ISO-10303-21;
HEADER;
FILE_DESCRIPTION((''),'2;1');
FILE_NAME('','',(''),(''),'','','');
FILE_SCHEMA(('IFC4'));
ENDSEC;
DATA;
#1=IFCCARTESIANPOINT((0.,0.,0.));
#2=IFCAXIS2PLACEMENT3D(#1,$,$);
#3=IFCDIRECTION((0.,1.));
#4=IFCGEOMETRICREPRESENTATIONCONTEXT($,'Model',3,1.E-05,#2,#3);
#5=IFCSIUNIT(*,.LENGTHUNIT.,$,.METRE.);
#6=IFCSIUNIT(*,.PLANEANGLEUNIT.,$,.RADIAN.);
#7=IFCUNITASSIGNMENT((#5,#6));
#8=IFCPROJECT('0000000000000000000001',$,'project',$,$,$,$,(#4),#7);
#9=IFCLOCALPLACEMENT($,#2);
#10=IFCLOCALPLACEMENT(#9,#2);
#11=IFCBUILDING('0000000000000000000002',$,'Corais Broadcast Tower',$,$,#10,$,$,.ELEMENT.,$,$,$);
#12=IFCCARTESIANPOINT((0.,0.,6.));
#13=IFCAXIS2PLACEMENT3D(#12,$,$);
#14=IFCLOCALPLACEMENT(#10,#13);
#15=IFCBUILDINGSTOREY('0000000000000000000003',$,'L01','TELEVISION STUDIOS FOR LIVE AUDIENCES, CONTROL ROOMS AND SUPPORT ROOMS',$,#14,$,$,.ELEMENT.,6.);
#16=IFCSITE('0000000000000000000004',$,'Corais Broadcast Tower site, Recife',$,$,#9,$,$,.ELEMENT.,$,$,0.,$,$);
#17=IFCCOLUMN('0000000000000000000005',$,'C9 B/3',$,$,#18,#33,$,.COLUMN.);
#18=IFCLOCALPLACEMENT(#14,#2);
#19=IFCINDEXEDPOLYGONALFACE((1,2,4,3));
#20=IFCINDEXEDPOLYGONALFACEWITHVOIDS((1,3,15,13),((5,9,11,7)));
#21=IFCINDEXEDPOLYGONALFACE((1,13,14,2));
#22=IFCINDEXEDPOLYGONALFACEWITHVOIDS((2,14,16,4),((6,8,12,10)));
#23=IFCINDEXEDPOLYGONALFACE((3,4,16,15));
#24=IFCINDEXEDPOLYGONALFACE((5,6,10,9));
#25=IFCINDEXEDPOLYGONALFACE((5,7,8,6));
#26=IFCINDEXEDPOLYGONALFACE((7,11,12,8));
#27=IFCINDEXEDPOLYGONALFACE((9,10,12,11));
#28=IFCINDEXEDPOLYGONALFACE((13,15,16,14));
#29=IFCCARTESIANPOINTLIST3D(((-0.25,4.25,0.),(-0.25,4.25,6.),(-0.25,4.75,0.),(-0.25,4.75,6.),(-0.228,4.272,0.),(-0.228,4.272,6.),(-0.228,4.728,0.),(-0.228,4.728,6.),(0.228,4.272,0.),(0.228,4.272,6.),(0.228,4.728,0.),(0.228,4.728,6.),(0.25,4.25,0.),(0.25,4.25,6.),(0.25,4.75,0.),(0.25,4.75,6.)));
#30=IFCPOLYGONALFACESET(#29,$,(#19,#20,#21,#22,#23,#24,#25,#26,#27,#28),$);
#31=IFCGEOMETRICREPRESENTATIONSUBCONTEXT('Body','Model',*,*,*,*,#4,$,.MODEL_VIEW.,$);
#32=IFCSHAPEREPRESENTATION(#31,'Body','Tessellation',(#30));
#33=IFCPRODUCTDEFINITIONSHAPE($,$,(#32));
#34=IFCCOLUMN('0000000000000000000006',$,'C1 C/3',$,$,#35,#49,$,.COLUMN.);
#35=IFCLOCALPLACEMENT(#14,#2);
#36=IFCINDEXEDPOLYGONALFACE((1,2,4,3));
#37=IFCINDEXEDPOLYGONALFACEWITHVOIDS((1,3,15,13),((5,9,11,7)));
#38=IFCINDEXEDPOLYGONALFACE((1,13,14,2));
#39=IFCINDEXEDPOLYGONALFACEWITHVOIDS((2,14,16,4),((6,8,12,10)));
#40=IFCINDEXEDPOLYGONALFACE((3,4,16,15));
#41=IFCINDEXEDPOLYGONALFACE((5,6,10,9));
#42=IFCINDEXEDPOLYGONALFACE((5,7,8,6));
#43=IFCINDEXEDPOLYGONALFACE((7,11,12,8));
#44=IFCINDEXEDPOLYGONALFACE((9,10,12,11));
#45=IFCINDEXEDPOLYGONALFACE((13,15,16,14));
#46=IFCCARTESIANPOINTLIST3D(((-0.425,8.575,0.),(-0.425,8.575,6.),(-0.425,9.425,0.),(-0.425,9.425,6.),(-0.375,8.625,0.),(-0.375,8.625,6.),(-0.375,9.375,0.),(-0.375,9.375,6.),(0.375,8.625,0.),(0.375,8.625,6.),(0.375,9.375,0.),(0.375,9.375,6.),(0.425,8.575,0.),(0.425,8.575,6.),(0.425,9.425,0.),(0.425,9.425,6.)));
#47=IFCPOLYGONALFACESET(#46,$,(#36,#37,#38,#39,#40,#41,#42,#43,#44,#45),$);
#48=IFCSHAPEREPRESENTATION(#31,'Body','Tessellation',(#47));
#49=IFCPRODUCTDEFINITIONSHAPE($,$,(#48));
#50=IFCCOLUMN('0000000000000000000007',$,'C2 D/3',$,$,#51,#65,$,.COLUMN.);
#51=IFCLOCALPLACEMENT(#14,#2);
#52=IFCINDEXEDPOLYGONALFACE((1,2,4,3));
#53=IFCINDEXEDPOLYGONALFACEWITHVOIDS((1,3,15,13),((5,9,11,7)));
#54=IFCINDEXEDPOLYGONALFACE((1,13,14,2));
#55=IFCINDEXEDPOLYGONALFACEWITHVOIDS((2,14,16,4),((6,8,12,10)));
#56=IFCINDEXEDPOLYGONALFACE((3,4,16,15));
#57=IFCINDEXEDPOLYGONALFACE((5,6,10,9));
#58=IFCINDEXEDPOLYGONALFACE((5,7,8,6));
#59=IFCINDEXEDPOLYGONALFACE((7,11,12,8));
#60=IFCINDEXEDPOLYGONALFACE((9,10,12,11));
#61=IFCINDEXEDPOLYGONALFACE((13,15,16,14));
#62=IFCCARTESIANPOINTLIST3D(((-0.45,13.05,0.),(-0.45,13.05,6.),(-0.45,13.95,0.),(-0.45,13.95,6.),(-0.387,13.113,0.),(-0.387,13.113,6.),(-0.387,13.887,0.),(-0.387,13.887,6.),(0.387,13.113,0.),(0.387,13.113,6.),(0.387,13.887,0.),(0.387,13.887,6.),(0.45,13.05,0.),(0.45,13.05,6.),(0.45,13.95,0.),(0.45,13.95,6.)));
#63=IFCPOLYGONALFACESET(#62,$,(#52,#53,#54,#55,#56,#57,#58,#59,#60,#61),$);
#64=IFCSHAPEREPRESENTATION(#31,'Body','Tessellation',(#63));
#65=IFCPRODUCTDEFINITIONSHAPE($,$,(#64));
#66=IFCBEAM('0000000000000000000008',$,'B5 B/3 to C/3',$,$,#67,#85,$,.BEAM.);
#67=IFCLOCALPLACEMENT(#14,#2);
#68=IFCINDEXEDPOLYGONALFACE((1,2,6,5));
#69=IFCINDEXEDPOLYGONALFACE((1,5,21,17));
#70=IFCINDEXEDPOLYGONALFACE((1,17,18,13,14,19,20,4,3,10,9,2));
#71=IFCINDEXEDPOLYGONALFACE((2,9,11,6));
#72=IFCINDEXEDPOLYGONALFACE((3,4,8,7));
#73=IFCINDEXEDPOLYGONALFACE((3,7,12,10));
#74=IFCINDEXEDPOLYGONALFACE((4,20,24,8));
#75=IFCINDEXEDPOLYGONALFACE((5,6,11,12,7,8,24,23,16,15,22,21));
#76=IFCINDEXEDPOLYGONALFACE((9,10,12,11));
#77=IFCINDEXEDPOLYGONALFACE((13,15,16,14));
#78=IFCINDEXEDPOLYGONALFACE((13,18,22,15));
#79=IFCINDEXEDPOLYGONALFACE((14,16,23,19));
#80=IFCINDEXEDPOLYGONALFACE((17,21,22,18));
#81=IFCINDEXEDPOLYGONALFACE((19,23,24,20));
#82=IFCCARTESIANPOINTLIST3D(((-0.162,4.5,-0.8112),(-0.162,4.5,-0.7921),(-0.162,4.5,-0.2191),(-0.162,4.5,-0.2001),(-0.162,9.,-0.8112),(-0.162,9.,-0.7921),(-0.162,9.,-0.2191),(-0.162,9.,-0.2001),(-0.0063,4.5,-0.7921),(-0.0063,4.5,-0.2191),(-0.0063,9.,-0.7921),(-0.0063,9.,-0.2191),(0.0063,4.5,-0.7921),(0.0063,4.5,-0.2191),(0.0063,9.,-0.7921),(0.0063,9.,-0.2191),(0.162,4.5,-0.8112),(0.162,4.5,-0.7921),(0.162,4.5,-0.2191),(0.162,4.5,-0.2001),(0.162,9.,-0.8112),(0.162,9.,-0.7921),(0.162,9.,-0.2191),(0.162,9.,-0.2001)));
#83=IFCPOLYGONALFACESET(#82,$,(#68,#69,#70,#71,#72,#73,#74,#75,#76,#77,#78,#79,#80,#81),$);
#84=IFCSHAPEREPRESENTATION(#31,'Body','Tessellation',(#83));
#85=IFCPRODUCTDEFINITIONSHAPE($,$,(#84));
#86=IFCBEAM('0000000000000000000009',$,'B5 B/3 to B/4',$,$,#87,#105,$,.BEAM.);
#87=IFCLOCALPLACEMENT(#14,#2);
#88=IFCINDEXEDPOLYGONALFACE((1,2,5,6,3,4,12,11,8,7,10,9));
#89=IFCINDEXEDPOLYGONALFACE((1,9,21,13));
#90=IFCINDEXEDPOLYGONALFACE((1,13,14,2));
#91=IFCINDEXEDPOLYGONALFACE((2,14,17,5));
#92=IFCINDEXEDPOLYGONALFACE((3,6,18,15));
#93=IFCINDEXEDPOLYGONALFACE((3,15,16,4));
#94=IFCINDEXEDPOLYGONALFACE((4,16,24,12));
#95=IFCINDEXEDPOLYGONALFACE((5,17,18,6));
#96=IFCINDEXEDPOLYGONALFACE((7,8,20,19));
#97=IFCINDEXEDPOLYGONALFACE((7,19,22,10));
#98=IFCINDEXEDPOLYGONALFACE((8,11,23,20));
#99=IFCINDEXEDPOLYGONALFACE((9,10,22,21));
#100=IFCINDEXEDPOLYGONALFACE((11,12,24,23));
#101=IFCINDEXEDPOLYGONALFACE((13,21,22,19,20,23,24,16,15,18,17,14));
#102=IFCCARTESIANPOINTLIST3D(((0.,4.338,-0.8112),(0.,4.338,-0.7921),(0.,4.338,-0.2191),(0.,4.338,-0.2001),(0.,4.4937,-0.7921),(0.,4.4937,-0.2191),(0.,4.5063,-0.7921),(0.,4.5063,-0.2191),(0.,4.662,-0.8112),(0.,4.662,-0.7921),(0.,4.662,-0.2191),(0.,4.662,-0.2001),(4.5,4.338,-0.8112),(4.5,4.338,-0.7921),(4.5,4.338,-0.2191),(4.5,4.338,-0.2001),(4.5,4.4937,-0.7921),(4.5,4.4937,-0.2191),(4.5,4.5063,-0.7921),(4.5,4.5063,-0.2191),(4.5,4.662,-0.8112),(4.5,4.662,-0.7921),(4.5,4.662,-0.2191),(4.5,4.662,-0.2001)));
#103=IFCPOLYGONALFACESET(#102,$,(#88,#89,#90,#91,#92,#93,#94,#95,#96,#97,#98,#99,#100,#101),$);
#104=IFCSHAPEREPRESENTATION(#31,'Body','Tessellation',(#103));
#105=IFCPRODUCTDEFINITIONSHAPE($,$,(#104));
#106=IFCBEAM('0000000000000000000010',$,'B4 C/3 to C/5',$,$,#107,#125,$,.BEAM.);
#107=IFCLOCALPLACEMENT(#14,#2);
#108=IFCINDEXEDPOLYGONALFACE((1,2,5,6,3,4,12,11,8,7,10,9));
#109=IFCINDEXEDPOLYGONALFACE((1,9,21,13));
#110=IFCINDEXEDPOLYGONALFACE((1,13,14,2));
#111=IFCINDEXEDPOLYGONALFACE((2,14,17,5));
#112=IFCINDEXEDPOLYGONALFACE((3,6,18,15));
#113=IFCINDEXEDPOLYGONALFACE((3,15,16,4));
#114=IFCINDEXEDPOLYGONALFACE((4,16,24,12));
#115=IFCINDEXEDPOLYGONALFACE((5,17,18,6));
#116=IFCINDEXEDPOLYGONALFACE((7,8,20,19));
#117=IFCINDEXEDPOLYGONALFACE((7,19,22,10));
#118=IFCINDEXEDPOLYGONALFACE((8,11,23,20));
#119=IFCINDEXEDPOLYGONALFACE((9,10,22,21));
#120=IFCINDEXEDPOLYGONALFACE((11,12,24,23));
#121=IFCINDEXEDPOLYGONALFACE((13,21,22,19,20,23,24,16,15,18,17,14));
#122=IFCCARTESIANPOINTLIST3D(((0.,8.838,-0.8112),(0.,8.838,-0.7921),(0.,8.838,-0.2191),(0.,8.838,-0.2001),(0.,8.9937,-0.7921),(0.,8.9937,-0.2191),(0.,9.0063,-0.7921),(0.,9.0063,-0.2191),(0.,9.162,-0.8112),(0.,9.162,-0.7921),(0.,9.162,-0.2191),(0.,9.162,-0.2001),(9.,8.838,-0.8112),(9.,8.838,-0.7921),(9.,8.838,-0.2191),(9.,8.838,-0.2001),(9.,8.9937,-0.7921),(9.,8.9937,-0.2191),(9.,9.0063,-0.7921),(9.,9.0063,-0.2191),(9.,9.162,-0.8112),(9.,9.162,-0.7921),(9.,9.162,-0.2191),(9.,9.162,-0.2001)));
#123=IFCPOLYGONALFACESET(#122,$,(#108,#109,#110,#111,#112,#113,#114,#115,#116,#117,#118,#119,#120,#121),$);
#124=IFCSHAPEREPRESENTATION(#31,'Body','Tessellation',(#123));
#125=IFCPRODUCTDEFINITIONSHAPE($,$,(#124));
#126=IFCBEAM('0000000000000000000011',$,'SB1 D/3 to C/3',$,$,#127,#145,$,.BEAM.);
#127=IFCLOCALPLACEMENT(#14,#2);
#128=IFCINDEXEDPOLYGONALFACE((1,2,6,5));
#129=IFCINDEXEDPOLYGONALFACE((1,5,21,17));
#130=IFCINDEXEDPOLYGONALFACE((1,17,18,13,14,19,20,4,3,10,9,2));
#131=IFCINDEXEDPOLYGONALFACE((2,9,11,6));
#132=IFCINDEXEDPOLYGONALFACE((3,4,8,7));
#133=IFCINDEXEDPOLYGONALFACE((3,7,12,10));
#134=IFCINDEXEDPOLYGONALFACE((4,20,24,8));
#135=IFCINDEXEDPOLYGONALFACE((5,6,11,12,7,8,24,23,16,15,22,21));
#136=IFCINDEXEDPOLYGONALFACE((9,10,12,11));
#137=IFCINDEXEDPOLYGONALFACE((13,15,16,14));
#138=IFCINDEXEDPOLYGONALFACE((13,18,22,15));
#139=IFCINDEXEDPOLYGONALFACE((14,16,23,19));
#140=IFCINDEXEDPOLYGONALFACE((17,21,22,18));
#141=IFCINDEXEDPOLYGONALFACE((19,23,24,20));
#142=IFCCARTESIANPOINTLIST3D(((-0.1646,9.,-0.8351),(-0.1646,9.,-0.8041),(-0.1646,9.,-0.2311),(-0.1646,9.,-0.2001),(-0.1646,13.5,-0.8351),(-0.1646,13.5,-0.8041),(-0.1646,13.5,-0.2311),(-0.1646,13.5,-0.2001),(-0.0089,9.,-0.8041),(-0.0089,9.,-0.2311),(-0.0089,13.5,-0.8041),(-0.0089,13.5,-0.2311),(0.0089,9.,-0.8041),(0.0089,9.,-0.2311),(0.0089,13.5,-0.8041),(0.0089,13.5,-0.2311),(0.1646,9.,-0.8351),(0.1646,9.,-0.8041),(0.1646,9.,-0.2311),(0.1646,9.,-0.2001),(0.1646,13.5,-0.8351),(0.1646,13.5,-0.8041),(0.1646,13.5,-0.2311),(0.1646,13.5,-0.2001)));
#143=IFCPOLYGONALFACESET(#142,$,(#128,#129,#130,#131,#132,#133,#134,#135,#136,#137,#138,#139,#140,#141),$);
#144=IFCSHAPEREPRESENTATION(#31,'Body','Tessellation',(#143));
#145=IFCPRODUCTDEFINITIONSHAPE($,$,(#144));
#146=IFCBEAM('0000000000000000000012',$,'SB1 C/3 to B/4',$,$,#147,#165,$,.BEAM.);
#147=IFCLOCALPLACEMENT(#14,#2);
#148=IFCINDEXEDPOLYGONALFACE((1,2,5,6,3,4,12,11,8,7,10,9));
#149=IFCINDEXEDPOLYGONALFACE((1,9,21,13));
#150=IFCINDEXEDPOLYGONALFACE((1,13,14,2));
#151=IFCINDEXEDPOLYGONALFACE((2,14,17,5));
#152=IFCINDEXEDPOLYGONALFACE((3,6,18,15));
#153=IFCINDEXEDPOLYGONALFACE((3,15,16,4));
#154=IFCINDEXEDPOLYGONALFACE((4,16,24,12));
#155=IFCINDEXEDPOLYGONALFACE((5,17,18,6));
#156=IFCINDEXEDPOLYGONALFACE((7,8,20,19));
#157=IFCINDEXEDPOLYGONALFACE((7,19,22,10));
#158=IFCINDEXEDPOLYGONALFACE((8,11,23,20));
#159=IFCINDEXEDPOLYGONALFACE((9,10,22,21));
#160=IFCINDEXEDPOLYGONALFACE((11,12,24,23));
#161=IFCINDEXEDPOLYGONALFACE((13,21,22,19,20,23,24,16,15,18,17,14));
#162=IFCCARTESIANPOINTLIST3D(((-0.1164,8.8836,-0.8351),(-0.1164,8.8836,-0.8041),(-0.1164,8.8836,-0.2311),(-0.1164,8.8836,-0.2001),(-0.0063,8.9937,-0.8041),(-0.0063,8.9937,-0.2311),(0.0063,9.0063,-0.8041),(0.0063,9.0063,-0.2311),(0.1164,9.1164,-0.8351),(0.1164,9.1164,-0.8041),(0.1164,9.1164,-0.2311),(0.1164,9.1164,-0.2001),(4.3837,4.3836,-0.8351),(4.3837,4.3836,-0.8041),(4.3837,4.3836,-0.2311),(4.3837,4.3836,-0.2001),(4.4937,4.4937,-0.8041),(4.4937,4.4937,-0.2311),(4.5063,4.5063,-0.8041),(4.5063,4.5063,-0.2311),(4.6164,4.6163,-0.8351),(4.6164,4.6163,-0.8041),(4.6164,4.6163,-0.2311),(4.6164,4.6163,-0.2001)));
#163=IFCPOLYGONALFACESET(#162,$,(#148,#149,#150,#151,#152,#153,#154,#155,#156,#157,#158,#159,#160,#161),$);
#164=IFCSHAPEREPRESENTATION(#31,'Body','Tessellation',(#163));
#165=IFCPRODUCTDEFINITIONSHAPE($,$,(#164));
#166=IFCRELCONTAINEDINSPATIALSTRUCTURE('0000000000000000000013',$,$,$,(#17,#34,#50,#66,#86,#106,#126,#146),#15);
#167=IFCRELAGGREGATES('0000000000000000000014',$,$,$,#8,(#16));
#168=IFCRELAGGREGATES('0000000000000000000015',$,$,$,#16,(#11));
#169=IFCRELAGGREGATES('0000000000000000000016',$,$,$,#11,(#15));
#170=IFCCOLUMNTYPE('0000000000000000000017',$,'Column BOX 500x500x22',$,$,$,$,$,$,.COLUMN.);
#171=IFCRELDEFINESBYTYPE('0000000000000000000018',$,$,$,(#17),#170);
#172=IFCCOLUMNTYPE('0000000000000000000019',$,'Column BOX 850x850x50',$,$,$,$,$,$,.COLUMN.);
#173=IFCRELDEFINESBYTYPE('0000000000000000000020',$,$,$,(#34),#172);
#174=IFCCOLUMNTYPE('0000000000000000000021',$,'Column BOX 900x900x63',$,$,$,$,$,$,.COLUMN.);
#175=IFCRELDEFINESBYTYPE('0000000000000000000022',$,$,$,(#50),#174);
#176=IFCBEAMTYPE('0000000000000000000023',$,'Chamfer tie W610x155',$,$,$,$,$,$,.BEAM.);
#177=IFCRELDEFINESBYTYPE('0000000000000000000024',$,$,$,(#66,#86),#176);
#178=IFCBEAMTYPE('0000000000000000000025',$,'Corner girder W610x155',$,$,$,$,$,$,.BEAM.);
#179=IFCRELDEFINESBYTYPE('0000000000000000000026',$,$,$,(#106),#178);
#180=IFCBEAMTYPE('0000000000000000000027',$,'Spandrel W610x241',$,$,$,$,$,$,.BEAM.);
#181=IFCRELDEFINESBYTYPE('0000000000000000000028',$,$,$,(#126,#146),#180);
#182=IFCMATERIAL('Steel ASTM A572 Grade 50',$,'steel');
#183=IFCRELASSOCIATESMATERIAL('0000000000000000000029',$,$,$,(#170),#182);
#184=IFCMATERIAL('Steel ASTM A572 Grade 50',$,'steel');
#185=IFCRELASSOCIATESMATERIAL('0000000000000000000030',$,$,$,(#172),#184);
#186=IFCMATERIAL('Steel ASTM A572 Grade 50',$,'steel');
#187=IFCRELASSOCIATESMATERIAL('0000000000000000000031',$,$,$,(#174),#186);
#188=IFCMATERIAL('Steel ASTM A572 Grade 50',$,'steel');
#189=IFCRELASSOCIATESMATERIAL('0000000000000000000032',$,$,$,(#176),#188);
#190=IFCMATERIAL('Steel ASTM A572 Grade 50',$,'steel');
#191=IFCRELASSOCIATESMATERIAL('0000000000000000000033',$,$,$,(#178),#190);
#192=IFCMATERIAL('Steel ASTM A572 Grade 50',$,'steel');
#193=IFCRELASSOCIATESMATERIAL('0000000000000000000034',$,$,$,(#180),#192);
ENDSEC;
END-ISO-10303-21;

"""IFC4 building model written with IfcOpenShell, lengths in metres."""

from ifc_helpers import new_model, si_unit, direction, frame, origin, origin_2d, place, context, subcontext, project, spatial, hollow_rectangle, i_section, extrude, material, material_profile, profile_set, type_object, element, save


model = new_model("IFC4")

# Units and contexts
model_context = context("Model", 3, precision=1e-05, world=origin(), true_north=direction((0.0, 1.0)))
body_context = subcontext(model_context, "Body", "Model", "MODEL_VIEW")
ifc_project = project(units=[si_unit("LENGTHUNIT", "METRE"), si_unit("PLANEANGLEUNIT", "RADIAN")], contexts=[model_context])

# Site, building, storey
site_placement = place(None, origin())
site = spatial("IfcSite", under=ifc_project, at=site_placement, Name="Corais Broadcast Tower site, Recife", CompositionType="ELEMENT", RefElevation=0.0)
building_placement = place(site_placement, origin())
building = spatial("IfcBuilding", under=site, at=building_placement, Name="Corais Broadcast Tower", CompositionType="ELEMENT")
storey_placement = place(building_placement, frame((0.0, 0.0, 6.0)))
storey = spatial("IfcBuildingStorey", under=building, at=storey_placement, Name="L01", Description="TELEVISION STUDIOS FOR LIVE AUDIENCES, CONTROL ROOMS AND SUPPORT ROOMS", CompositionType="ELEMENT", Elevation=6.0)

# Columns
ifc_material_1 = material(Name="Steel ASTM A572 Grade 50", Category="steel")
ifc_material_profile_1 = material_profile(ifc_material_1, hollow_rectangle(XDim=0.5, YDim=0.5, WallThickness=0.022, at=origin_2d()), Name="BOX 500x500x22")
ifc_profile_set_1 = profile_set([ifc_material_profile_1], Name="Steel ASTM A572 Grade 50")
column_type_1 = type_object("IfcColumnType", Name="Column BOX 500x500x22", PredefinedType="COLUMN", material=ifc_profile_set_1)
column_1_placement = place(storey_placement, frame((0.0, 4.5, 0.0), z_axis=(0.0, 0.0, 1.0), x_axis=(1.0, 0.0, 0.0)))
element("IfcColumn", 1, at=column_1_placement, inside=storey, type_object=column_type_1, Name="C9 B/3", PredefinedType="COLUMN", context=body_context, shape_type="SweptSolid", body=[
    extrude(hollow_rectangle(XDim=0.5, YDim=0.5, WallThickness=0.022, at=origin_2d()), origin(), (0.0, 0.0, 1.0), 6.0),
])
ifc_material_2 = material(Name="Steel ASTM A572 Grade 50", Category="steel")
ifc_material_profile_2 = material_profile(ifc_material_2, hollow_rectangle(XDim=0.8501, YDim=0.8501, WallThickness=0.05, at=origin_2d()), Name="BOX 850x850x50")
ifc_profile_set_2 = profile_set([ifc_material_profile_2], Name="Steel ASTM A572 Grade 50")
column_type_2 = type_object("IfcColumnType", Name="Column BOX 850x850x50", PredefinedType="COLUMN", material=ifc_profile_set_2)
column_2_placement = place(storey_placement, frame((0.0, 9.0, 0.0), z_axis=(0.0, 0.0, 1.0), x_axis=(1.0, 0.0, 0.0)))
element("IfcColumn", 2, at=column_2_placement, inside=storey, type_object=column_type_2, Name="C1 C/3", PredefinedType="COLUMN", context=body_context, shape_type="SweptSolid", body=[
    extrude(hollow_rectangle(XDim=0.8501, YDim=0.8501, WallThickness=0.05, at=origin_2d()), origin(), (0.0, 0.0, 1.0), 6.0),
])
ifc_material_3 = material(Name="Steel ASTM A572 Grade 50", Category="steel")
ifc_material_profile_3 = material_profile(ifc_material_3, hollow_rectangle(XDim=0.8999, YDim=0.8999, WallThickness=0.063, at=origin_2d()), Name="BOX 900x900x63")
ifc_profile_set_3 = profile_set([ifc_material_profile_3], Name="Steel ASTM A572 Grade 50")
column_type_3 = type_object("IfcColumnType", Name="Column BOX 900x900x63", PredefinedType="COLUMN", material=ifc_profile_set_3)
column_3_placement = place(storey_placement, frame((0.0, 13.5, 0.0), z_axis=(0.0, 0.0, 1.0), x_axis=(1.0, 0.0, 0.0)))
element("IfcColumn", 3, at=column_3_placement, inside=storey, type_object=column_type_3, Name="C2 D/3", PredefinedType="COLUMN", context=body_context, shape_type="SweptSolid", body=[
    extrude(hollow_rectangle(XDim=0.8999, YDim=0.8999, WallThickness=0.063, at=origin_2d()), origin(), (0.0, 0.0, 1.0), 6.0),
])

# Beams
ifc_material_4 = material(Name="Steel ASTM A572 Grade 50", Category="steel")
ifc_material_profile_4 = material_profile(ifc_material_4, i_section(OverallWidth=0.324, OverallDepth=0.6111, WebThickness=0.0127, FlangeThickness=0.019, at=origin_2d()), Name="W610x155")
ifc_profile_set_4 = profile_set([ifc_material_profile_4], Name="Steel ASTM A572 Grade 50")
beam_type_1 = type_object("IfcBeamType", Name="Chamfer tie W610x155", PredefinedType="BEAM", material=ifc_profile_set_4)
for number, where, z_axis, x_axis, name in (
    (4, (0.0, 4.5, -0.5056), (0.0, 1.0, 0.0), (-1.0, 0.0, 0.0), "B5 B/3 to C/3"),
    (5, (0.0, 4.5, -0.5056), (1.0, 0.0, 0.0), (0.0, 1.0, 0.0), "B5 B/3 to B/4"),
):
    element("IfcBeam", number, at=place(storey_placement, frame(where, z_axis=z_axis, x_axis=x_axis)), inside=storey, type_object=beam_type_1, Name=name, PredefinedType="BEAM", context=body_context, shape_type="SweptSolid", body=[
        extrude(i_section(OverallWidth=0.324, OverallDepth=0.6111, WebThickness=0.0127, FlangeThickness=0.019, at=origin_2d()), origin(), (0.0, 0.0, 1.0), 4.5),
    ])
ifc_material_5 = material(Name="Steel ASTM A572 Grade 50", Category="steel")
ifc_material_profile_5 = material_profile(ifc_material_5, i_section(OverallWidth=0.324, OverallDepth=0.6111, WebThickness=0.0127, FlangeThickness=0.019, at=origin_2d()), Name="W610x155")
ifc_profile_set_5 = profile_set([ifc_material_profile_5], Name="Steel ASTM A572 Grade 50")
beam_type_2 = type_object("IfcBeamType", Name="Corner girder W610x155", PredefinedType="BEAM", material=ifc_profile_set_5)
beam_1_placement = place(storey_placement, frame((0.0, 9.0, -0.5056), z_axis=(1.0, 0.0, 0.0), x_axis=(0.0, 1.0, 0.0)))
element("IfcBeam", 6, at=beam_1_placement, inside=storey, type_object=beam_type_2, Name="B4 C/3 to C/5", PredefinedType="BEAM", context=body_context, shape_type="SweptSolid", body=[
    extrude(i_section(OverallWidth=0.324, OverallDepth=0.6111, WebThickness=0.0127, FlangeThickness=0.019, at=origin_2d()), origin(), (0.0, 0.0, 1.0), 9.0),
])
ifc_material_6 = material(Name="Steel ASTM A572 Grade 50", Category="steel")
ifc_material_profile_6 = material_profile(ifc_material_6, i_section(OverallWidth=0.3291, OverallDepth=0.635, WebThickness=0.0178, FlangeThickness=0.031, at=origin_2d()), Name="W610x241")
ifc_profile_set_6 = profile_set([ifc_material_profile_6], Name="Steel ASTM A572 Grade 50")
beam_type_3 = type_object("IfcBeamType", Name="Spandrel W610x241", PredefinedType="BEAM", material=ifc_profile_set_6)
beam_2_placement = place(storey_placement, frame((0.0, 13.5, -0.5176), z_axis=(0.0, -1.0, 0.0), x_axis=(1.0, 0.0, 0.0)))
element("IfcBeam", 7, at=beam_2_placement, inside=storey, type_object=beam_type_3, Name="SB1 D/3 to C/3", PredefinedType="BEAM", context=body_context, shape_type="SweptSolid", body=[
    extrude(i_section(OverallWidth=0.3291, OverallDepth=0.635, WebThickness=0.0178, FlangeThickness=0.031, at=origin_2d()), origin(), (0.0, 0.0, 1.0), 4.5),
])
beam_3_placement = place(storey_placement, frame((0.0, 9.0, -0.5176), z_axis=(0.707107, -0.707107, 0.0), x_axis=(0.707107, 0.707107, 0.0)))
element("IfcBeam", 8, at=beam_3_placement, inside=storey, type_object=beam_type_3, Name="SB1 C/3 to B/4", PredefinedType="BEAM", context=body_context, shape_type="SweptSolid", body=[
    extrude(i_section(OverallWidth=0.3291, OverallDepth=0.635, WebThickness=0.0178, FlangeThickness=0.031, at=origin_2d()), origin(), (0.0, 0.0, 1.0), 6.364),
])

save(model, "model.ifc")
